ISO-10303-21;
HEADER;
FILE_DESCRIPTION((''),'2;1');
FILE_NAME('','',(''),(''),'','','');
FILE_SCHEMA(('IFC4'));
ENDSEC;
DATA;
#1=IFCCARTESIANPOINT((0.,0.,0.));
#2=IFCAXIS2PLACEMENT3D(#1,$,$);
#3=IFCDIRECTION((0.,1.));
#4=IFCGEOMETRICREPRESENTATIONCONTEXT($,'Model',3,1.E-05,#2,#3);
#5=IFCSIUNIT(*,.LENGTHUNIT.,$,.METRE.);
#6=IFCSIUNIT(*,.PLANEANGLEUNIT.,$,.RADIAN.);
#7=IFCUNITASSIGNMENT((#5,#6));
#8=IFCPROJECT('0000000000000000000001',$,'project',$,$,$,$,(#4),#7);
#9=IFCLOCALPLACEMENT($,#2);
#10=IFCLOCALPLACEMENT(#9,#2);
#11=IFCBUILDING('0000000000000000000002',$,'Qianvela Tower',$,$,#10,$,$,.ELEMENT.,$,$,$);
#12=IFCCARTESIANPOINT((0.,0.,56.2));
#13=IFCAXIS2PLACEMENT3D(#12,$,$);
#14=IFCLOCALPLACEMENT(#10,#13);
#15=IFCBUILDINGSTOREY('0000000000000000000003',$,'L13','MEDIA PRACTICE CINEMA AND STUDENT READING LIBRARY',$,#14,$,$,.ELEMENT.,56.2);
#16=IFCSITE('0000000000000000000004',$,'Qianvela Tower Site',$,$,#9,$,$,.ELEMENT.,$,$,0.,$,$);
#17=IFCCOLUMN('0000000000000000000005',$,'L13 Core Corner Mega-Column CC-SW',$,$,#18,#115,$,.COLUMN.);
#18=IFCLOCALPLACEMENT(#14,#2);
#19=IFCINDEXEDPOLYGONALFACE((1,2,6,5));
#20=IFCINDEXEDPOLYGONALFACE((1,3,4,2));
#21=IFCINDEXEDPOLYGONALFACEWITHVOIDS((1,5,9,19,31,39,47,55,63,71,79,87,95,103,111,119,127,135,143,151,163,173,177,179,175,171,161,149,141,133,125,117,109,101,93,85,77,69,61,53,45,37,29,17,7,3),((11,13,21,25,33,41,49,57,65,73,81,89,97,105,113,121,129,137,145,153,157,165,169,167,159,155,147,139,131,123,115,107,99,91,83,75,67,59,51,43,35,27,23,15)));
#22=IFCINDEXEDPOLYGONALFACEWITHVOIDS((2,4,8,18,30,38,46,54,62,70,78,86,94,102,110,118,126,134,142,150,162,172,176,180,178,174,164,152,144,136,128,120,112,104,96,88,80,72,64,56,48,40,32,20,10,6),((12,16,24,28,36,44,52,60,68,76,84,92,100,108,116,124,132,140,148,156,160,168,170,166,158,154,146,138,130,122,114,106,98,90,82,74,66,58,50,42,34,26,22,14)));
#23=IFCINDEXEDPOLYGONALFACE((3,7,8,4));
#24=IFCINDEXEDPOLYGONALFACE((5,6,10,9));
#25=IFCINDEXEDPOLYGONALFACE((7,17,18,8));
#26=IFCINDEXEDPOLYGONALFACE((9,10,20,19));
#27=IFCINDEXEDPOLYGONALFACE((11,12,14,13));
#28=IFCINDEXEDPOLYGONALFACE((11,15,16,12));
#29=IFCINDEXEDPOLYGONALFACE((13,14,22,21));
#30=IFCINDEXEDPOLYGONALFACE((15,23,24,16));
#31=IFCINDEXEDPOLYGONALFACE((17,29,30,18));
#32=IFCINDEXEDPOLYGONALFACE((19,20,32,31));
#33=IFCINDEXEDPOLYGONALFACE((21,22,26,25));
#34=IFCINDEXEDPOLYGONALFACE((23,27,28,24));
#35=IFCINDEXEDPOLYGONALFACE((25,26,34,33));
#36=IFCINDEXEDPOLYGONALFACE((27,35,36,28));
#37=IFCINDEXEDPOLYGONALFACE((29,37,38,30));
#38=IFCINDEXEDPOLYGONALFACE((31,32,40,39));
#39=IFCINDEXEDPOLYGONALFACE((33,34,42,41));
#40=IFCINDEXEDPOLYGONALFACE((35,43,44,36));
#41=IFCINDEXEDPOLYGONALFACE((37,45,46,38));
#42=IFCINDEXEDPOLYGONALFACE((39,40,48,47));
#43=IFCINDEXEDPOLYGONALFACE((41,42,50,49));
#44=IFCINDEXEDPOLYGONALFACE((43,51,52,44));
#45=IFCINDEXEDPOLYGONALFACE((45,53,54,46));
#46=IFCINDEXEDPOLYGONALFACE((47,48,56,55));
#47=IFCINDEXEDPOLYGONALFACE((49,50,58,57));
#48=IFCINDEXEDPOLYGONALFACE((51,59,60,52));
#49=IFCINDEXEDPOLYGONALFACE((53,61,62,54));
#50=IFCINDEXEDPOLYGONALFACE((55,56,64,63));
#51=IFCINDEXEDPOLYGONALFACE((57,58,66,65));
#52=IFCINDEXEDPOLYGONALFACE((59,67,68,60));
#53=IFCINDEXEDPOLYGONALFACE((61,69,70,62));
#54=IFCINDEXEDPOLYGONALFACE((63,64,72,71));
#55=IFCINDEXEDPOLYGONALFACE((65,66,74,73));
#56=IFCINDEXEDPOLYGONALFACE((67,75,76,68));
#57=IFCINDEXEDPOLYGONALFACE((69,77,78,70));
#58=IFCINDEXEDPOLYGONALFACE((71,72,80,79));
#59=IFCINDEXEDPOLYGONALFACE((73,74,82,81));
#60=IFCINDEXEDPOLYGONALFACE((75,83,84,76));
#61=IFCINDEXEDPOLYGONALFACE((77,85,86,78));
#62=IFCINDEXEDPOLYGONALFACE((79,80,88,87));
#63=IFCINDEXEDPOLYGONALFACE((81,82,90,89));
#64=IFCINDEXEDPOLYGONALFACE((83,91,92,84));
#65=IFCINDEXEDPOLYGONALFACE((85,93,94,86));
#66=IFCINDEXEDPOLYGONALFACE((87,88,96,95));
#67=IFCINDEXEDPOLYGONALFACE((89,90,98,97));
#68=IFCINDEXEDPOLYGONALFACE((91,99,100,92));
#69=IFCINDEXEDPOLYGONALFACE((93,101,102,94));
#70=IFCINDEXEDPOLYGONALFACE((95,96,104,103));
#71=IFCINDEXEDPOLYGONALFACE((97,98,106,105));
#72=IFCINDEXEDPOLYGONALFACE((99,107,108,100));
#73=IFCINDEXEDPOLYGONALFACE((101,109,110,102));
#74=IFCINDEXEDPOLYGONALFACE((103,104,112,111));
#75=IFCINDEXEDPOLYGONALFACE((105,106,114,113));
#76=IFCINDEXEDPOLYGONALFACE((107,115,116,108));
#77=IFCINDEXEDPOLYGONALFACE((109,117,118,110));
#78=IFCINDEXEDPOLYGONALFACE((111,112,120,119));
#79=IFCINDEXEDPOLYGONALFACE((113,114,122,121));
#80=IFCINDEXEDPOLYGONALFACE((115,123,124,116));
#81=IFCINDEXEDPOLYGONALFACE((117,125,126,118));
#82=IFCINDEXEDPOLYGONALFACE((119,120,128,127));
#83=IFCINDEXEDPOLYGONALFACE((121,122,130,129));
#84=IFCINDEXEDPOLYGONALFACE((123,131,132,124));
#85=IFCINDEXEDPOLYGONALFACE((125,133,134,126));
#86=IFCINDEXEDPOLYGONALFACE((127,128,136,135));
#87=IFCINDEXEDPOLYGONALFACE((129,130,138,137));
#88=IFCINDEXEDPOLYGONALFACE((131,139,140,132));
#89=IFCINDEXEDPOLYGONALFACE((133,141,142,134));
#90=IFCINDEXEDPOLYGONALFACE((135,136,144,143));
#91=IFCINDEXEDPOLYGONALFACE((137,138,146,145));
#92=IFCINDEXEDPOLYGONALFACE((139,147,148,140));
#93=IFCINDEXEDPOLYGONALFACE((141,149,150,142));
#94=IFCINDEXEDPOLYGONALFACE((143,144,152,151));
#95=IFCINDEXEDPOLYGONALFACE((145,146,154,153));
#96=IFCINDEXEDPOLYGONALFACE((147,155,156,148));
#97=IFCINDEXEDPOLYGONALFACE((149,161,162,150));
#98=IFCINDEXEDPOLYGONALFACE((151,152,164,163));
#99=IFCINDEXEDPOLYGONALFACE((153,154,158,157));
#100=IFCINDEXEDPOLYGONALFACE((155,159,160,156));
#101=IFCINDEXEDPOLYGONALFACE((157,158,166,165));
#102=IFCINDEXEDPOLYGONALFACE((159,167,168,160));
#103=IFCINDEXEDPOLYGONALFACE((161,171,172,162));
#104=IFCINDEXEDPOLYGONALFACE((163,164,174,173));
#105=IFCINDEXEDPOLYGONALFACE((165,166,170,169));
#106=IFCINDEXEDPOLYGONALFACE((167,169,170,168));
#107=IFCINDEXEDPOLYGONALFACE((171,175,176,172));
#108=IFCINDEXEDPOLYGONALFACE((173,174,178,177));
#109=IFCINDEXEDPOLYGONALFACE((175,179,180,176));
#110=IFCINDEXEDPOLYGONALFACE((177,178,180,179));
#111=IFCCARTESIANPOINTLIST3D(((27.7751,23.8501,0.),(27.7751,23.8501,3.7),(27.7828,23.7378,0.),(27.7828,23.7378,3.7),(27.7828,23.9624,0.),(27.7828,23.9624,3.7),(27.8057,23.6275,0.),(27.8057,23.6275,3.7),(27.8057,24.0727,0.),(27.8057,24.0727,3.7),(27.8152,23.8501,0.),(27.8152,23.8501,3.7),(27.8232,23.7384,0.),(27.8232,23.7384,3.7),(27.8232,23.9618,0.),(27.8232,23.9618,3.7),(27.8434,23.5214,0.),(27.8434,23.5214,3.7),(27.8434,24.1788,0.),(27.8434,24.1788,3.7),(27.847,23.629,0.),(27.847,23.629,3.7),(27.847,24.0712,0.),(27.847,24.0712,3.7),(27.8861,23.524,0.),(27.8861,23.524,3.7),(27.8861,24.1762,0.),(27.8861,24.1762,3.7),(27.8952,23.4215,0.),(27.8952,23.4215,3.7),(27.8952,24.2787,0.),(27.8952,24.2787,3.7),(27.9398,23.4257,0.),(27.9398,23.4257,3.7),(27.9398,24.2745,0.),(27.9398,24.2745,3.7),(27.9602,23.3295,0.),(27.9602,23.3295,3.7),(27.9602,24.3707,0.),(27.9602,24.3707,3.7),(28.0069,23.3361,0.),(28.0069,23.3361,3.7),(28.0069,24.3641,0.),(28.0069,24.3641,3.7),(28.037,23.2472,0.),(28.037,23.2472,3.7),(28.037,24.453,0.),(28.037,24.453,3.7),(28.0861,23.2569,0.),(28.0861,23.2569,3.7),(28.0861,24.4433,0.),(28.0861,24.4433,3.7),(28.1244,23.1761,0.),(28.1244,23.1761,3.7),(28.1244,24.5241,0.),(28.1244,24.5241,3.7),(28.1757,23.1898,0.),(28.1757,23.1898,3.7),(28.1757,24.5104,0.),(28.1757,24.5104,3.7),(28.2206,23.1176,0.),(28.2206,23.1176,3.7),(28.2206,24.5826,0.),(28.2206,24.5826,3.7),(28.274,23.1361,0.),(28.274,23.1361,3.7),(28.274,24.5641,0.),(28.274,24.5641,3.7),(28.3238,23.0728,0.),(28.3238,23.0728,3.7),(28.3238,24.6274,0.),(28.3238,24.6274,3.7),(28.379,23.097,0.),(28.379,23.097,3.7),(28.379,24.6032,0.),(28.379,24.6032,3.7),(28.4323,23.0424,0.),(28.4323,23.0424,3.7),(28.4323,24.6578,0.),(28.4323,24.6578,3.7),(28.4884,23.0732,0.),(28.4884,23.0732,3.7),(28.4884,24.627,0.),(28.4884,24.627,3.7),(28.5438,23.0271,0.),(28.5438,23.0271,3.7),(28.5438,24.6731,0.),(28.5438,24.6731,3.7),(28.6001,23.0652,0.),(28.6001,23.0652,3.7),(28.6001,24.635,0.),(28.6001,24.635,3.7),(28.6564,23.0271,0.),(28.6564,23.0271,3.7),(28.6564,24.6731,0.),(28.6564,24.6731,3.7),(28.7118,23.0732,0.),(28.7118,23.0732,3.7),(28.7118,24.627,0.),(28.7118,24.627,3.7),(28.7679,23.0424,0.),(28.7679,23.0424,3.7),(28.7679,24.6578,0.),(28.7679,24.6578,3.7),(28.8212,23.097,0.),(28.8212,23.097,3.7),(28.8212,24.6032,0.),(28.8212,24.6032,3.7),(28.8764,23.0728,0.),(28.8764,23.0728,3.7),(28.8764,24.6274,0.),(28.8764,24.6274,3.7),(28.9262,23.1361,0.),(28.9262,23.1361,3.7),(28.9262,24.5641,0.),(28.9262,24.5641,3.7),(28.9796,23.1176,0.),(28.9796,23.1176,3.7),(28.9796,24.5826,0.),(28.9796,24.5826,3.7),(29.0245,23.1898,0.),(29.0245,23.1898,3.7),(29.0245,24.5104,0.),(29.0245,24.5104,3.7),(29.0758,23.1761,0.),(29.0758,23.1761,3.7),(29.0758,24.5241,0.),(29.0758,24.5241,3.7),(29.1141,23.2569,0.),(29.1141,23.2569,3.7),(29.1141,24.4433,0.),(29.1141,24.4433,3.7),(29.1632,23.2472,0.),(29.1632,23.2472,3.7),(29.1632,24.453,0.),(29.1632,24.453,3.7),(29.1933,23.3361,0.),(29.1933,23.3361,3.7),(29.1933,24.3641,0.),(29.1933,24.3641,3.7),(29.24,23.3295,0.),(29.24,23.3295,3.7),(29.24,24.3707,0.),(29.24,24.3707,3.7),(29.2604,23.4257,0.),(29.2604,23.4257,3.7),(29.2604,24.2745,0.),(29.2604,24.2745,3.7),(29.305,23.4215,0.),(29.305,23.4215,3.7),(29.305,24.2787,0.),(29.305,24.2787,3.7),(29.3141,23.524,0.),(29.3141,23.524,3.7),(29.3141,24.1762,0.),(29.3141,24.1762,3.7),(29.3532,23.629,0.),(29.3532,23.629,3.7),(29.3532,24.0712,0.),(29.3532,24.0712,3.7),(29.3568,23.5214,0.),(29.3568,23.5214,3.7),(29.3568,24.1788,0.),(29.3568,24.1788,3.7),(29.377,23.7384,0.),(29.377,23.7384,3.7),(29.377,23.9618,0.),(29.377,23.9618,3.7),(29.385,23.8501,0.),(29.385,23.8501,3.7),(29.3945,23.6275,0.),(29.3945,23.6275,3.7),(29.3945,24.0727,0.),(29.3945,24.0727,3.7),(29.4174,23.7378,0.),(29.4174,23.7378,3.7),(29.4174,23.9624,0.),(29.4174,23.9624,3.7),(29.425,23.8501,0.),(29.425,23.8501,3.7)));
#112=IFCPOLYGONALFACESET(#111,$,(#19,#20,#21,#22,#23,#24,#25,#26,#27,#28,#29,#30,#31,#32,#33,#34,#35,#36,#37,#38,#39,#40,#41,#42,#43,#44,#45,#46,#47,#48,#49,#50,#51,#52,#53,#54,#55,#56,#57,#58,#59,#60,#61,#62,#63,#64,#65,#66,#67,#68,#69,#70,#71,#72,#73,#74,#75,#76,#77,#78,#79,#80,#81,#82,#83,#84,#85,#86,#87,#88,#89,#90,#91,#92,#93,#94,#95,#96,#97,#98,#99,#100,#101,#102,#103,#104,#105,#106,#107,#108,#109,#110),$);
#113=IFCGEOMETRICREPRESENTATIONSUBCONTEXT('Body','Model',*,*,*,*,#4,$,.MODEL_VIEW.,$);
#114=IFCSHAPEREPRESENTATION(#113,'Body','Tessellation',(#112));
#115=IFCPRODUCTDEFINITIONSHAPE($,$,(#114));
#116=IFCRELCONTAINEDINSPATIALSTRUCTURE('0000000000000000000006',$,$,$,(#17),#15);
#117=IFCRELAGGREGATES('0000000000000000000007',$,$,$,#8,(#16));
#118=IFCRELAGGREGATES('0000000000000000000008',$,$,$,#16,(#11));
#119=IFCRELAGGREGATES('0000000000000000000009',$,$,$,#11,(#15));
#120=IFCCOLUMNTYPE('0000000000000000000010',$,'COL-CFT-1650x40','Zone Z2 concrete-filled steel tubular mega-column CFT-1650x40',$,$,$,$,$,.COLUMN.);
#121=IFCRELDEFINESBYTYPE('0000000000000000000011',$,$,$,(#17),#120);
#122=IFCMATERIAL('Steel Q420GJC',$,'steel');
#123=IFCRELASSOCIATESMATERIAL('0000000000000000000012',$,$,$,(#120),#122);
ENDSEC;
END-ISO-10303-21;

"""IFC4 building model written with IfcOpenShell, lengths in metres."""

from ifc_helpers import new_model, si_unit, direction, frame, origin, origin_2d, place, context, subcontext, project, spatial, hollow_circle, extrude, material, material_profile, profile_set, type_object, element, save


model = new_model("IFC4")

# Units and contexts
model_context = context("Model", 3, precision=1e-05, world=origin(), true_north=direction((0.0, 1.0)))
body_context = subcontext(model_context, "Body", "Model", "MODEL_VIEW")
ifc_project = project(units=[si_unit("LENGTHUNIT", "METRE"), si_unit("PLANEANGLEUNIT", "RADIAN")], contexts=[model_context])

# Site, building, storey
site_placement = place(None, origin())
site = spatial("IfcSite", under=ifc_project, at=site_placement, Name="Qianvela Tower Site", CompositionType="ELEMENT", RefElevation=0.0)
building_placement = place(site_placement, origin())
building = spatial("IfcBuilding", under=site, at=building_placement, Name="Qianvela Tower", CompositionType="ELEMENT")
storey_placement = place(building_placement, frame((0.0, 0.0, 56.2)))
storey = spatial("IfcBuildingStorey", under=building, at=storey_placement, Name="L13", Description="MEDIA PRACTICE CINEMA AND STUDENT READING LIBRARY", CompositionType="ELEMENT", Elevation=56.2)

# Column
ifc_material_1 = material(Name="Steel Q420GJC", Category="steel")
ifc_material_profile_1 = material_profile(ifc_material_1, hollow_circle(Radius=0.825, WallThickness=0.04, at=origin_2d()), Name="CFT-1650x40")
ifc_profile_set_1 = profile_set([ifc_material_profile_1], Name="Steel Q420GJC")
column_type = type_object("IfcColumnType", Name="COL-CFT-1650x40", Description="Zone Z2 concrete-filled steel tubular mega-column CFT-1650x40", PredefinedType="COLUMN", material=ifc_profile_set_1)
for number, where, z_axis, x_axis, name in (
    (1, (28.6001, 23.8501, 0.0), (0.0, 0.0, 1.0), (1.0, 0.0, 0.0), "L13 Core Corner Mega-Column CC-SW"),
):
    element("IfcColumn", number, at=place(storey_placement, frame(where, z_axis=z_axis, x_axis=x_axis)), inside=storey, type_object=column_type, Name=name, PredefinedType="COLUMN", context=body_context, shape_type="SweptSolid", body=[
        extrude(hollow_circle(Radius=0.825, WallThickness=0.04, at=origin_2d()), origin(), (0.0, 0.0, 1.0), 3.7),
    ])

save(model, "model.ifc")
